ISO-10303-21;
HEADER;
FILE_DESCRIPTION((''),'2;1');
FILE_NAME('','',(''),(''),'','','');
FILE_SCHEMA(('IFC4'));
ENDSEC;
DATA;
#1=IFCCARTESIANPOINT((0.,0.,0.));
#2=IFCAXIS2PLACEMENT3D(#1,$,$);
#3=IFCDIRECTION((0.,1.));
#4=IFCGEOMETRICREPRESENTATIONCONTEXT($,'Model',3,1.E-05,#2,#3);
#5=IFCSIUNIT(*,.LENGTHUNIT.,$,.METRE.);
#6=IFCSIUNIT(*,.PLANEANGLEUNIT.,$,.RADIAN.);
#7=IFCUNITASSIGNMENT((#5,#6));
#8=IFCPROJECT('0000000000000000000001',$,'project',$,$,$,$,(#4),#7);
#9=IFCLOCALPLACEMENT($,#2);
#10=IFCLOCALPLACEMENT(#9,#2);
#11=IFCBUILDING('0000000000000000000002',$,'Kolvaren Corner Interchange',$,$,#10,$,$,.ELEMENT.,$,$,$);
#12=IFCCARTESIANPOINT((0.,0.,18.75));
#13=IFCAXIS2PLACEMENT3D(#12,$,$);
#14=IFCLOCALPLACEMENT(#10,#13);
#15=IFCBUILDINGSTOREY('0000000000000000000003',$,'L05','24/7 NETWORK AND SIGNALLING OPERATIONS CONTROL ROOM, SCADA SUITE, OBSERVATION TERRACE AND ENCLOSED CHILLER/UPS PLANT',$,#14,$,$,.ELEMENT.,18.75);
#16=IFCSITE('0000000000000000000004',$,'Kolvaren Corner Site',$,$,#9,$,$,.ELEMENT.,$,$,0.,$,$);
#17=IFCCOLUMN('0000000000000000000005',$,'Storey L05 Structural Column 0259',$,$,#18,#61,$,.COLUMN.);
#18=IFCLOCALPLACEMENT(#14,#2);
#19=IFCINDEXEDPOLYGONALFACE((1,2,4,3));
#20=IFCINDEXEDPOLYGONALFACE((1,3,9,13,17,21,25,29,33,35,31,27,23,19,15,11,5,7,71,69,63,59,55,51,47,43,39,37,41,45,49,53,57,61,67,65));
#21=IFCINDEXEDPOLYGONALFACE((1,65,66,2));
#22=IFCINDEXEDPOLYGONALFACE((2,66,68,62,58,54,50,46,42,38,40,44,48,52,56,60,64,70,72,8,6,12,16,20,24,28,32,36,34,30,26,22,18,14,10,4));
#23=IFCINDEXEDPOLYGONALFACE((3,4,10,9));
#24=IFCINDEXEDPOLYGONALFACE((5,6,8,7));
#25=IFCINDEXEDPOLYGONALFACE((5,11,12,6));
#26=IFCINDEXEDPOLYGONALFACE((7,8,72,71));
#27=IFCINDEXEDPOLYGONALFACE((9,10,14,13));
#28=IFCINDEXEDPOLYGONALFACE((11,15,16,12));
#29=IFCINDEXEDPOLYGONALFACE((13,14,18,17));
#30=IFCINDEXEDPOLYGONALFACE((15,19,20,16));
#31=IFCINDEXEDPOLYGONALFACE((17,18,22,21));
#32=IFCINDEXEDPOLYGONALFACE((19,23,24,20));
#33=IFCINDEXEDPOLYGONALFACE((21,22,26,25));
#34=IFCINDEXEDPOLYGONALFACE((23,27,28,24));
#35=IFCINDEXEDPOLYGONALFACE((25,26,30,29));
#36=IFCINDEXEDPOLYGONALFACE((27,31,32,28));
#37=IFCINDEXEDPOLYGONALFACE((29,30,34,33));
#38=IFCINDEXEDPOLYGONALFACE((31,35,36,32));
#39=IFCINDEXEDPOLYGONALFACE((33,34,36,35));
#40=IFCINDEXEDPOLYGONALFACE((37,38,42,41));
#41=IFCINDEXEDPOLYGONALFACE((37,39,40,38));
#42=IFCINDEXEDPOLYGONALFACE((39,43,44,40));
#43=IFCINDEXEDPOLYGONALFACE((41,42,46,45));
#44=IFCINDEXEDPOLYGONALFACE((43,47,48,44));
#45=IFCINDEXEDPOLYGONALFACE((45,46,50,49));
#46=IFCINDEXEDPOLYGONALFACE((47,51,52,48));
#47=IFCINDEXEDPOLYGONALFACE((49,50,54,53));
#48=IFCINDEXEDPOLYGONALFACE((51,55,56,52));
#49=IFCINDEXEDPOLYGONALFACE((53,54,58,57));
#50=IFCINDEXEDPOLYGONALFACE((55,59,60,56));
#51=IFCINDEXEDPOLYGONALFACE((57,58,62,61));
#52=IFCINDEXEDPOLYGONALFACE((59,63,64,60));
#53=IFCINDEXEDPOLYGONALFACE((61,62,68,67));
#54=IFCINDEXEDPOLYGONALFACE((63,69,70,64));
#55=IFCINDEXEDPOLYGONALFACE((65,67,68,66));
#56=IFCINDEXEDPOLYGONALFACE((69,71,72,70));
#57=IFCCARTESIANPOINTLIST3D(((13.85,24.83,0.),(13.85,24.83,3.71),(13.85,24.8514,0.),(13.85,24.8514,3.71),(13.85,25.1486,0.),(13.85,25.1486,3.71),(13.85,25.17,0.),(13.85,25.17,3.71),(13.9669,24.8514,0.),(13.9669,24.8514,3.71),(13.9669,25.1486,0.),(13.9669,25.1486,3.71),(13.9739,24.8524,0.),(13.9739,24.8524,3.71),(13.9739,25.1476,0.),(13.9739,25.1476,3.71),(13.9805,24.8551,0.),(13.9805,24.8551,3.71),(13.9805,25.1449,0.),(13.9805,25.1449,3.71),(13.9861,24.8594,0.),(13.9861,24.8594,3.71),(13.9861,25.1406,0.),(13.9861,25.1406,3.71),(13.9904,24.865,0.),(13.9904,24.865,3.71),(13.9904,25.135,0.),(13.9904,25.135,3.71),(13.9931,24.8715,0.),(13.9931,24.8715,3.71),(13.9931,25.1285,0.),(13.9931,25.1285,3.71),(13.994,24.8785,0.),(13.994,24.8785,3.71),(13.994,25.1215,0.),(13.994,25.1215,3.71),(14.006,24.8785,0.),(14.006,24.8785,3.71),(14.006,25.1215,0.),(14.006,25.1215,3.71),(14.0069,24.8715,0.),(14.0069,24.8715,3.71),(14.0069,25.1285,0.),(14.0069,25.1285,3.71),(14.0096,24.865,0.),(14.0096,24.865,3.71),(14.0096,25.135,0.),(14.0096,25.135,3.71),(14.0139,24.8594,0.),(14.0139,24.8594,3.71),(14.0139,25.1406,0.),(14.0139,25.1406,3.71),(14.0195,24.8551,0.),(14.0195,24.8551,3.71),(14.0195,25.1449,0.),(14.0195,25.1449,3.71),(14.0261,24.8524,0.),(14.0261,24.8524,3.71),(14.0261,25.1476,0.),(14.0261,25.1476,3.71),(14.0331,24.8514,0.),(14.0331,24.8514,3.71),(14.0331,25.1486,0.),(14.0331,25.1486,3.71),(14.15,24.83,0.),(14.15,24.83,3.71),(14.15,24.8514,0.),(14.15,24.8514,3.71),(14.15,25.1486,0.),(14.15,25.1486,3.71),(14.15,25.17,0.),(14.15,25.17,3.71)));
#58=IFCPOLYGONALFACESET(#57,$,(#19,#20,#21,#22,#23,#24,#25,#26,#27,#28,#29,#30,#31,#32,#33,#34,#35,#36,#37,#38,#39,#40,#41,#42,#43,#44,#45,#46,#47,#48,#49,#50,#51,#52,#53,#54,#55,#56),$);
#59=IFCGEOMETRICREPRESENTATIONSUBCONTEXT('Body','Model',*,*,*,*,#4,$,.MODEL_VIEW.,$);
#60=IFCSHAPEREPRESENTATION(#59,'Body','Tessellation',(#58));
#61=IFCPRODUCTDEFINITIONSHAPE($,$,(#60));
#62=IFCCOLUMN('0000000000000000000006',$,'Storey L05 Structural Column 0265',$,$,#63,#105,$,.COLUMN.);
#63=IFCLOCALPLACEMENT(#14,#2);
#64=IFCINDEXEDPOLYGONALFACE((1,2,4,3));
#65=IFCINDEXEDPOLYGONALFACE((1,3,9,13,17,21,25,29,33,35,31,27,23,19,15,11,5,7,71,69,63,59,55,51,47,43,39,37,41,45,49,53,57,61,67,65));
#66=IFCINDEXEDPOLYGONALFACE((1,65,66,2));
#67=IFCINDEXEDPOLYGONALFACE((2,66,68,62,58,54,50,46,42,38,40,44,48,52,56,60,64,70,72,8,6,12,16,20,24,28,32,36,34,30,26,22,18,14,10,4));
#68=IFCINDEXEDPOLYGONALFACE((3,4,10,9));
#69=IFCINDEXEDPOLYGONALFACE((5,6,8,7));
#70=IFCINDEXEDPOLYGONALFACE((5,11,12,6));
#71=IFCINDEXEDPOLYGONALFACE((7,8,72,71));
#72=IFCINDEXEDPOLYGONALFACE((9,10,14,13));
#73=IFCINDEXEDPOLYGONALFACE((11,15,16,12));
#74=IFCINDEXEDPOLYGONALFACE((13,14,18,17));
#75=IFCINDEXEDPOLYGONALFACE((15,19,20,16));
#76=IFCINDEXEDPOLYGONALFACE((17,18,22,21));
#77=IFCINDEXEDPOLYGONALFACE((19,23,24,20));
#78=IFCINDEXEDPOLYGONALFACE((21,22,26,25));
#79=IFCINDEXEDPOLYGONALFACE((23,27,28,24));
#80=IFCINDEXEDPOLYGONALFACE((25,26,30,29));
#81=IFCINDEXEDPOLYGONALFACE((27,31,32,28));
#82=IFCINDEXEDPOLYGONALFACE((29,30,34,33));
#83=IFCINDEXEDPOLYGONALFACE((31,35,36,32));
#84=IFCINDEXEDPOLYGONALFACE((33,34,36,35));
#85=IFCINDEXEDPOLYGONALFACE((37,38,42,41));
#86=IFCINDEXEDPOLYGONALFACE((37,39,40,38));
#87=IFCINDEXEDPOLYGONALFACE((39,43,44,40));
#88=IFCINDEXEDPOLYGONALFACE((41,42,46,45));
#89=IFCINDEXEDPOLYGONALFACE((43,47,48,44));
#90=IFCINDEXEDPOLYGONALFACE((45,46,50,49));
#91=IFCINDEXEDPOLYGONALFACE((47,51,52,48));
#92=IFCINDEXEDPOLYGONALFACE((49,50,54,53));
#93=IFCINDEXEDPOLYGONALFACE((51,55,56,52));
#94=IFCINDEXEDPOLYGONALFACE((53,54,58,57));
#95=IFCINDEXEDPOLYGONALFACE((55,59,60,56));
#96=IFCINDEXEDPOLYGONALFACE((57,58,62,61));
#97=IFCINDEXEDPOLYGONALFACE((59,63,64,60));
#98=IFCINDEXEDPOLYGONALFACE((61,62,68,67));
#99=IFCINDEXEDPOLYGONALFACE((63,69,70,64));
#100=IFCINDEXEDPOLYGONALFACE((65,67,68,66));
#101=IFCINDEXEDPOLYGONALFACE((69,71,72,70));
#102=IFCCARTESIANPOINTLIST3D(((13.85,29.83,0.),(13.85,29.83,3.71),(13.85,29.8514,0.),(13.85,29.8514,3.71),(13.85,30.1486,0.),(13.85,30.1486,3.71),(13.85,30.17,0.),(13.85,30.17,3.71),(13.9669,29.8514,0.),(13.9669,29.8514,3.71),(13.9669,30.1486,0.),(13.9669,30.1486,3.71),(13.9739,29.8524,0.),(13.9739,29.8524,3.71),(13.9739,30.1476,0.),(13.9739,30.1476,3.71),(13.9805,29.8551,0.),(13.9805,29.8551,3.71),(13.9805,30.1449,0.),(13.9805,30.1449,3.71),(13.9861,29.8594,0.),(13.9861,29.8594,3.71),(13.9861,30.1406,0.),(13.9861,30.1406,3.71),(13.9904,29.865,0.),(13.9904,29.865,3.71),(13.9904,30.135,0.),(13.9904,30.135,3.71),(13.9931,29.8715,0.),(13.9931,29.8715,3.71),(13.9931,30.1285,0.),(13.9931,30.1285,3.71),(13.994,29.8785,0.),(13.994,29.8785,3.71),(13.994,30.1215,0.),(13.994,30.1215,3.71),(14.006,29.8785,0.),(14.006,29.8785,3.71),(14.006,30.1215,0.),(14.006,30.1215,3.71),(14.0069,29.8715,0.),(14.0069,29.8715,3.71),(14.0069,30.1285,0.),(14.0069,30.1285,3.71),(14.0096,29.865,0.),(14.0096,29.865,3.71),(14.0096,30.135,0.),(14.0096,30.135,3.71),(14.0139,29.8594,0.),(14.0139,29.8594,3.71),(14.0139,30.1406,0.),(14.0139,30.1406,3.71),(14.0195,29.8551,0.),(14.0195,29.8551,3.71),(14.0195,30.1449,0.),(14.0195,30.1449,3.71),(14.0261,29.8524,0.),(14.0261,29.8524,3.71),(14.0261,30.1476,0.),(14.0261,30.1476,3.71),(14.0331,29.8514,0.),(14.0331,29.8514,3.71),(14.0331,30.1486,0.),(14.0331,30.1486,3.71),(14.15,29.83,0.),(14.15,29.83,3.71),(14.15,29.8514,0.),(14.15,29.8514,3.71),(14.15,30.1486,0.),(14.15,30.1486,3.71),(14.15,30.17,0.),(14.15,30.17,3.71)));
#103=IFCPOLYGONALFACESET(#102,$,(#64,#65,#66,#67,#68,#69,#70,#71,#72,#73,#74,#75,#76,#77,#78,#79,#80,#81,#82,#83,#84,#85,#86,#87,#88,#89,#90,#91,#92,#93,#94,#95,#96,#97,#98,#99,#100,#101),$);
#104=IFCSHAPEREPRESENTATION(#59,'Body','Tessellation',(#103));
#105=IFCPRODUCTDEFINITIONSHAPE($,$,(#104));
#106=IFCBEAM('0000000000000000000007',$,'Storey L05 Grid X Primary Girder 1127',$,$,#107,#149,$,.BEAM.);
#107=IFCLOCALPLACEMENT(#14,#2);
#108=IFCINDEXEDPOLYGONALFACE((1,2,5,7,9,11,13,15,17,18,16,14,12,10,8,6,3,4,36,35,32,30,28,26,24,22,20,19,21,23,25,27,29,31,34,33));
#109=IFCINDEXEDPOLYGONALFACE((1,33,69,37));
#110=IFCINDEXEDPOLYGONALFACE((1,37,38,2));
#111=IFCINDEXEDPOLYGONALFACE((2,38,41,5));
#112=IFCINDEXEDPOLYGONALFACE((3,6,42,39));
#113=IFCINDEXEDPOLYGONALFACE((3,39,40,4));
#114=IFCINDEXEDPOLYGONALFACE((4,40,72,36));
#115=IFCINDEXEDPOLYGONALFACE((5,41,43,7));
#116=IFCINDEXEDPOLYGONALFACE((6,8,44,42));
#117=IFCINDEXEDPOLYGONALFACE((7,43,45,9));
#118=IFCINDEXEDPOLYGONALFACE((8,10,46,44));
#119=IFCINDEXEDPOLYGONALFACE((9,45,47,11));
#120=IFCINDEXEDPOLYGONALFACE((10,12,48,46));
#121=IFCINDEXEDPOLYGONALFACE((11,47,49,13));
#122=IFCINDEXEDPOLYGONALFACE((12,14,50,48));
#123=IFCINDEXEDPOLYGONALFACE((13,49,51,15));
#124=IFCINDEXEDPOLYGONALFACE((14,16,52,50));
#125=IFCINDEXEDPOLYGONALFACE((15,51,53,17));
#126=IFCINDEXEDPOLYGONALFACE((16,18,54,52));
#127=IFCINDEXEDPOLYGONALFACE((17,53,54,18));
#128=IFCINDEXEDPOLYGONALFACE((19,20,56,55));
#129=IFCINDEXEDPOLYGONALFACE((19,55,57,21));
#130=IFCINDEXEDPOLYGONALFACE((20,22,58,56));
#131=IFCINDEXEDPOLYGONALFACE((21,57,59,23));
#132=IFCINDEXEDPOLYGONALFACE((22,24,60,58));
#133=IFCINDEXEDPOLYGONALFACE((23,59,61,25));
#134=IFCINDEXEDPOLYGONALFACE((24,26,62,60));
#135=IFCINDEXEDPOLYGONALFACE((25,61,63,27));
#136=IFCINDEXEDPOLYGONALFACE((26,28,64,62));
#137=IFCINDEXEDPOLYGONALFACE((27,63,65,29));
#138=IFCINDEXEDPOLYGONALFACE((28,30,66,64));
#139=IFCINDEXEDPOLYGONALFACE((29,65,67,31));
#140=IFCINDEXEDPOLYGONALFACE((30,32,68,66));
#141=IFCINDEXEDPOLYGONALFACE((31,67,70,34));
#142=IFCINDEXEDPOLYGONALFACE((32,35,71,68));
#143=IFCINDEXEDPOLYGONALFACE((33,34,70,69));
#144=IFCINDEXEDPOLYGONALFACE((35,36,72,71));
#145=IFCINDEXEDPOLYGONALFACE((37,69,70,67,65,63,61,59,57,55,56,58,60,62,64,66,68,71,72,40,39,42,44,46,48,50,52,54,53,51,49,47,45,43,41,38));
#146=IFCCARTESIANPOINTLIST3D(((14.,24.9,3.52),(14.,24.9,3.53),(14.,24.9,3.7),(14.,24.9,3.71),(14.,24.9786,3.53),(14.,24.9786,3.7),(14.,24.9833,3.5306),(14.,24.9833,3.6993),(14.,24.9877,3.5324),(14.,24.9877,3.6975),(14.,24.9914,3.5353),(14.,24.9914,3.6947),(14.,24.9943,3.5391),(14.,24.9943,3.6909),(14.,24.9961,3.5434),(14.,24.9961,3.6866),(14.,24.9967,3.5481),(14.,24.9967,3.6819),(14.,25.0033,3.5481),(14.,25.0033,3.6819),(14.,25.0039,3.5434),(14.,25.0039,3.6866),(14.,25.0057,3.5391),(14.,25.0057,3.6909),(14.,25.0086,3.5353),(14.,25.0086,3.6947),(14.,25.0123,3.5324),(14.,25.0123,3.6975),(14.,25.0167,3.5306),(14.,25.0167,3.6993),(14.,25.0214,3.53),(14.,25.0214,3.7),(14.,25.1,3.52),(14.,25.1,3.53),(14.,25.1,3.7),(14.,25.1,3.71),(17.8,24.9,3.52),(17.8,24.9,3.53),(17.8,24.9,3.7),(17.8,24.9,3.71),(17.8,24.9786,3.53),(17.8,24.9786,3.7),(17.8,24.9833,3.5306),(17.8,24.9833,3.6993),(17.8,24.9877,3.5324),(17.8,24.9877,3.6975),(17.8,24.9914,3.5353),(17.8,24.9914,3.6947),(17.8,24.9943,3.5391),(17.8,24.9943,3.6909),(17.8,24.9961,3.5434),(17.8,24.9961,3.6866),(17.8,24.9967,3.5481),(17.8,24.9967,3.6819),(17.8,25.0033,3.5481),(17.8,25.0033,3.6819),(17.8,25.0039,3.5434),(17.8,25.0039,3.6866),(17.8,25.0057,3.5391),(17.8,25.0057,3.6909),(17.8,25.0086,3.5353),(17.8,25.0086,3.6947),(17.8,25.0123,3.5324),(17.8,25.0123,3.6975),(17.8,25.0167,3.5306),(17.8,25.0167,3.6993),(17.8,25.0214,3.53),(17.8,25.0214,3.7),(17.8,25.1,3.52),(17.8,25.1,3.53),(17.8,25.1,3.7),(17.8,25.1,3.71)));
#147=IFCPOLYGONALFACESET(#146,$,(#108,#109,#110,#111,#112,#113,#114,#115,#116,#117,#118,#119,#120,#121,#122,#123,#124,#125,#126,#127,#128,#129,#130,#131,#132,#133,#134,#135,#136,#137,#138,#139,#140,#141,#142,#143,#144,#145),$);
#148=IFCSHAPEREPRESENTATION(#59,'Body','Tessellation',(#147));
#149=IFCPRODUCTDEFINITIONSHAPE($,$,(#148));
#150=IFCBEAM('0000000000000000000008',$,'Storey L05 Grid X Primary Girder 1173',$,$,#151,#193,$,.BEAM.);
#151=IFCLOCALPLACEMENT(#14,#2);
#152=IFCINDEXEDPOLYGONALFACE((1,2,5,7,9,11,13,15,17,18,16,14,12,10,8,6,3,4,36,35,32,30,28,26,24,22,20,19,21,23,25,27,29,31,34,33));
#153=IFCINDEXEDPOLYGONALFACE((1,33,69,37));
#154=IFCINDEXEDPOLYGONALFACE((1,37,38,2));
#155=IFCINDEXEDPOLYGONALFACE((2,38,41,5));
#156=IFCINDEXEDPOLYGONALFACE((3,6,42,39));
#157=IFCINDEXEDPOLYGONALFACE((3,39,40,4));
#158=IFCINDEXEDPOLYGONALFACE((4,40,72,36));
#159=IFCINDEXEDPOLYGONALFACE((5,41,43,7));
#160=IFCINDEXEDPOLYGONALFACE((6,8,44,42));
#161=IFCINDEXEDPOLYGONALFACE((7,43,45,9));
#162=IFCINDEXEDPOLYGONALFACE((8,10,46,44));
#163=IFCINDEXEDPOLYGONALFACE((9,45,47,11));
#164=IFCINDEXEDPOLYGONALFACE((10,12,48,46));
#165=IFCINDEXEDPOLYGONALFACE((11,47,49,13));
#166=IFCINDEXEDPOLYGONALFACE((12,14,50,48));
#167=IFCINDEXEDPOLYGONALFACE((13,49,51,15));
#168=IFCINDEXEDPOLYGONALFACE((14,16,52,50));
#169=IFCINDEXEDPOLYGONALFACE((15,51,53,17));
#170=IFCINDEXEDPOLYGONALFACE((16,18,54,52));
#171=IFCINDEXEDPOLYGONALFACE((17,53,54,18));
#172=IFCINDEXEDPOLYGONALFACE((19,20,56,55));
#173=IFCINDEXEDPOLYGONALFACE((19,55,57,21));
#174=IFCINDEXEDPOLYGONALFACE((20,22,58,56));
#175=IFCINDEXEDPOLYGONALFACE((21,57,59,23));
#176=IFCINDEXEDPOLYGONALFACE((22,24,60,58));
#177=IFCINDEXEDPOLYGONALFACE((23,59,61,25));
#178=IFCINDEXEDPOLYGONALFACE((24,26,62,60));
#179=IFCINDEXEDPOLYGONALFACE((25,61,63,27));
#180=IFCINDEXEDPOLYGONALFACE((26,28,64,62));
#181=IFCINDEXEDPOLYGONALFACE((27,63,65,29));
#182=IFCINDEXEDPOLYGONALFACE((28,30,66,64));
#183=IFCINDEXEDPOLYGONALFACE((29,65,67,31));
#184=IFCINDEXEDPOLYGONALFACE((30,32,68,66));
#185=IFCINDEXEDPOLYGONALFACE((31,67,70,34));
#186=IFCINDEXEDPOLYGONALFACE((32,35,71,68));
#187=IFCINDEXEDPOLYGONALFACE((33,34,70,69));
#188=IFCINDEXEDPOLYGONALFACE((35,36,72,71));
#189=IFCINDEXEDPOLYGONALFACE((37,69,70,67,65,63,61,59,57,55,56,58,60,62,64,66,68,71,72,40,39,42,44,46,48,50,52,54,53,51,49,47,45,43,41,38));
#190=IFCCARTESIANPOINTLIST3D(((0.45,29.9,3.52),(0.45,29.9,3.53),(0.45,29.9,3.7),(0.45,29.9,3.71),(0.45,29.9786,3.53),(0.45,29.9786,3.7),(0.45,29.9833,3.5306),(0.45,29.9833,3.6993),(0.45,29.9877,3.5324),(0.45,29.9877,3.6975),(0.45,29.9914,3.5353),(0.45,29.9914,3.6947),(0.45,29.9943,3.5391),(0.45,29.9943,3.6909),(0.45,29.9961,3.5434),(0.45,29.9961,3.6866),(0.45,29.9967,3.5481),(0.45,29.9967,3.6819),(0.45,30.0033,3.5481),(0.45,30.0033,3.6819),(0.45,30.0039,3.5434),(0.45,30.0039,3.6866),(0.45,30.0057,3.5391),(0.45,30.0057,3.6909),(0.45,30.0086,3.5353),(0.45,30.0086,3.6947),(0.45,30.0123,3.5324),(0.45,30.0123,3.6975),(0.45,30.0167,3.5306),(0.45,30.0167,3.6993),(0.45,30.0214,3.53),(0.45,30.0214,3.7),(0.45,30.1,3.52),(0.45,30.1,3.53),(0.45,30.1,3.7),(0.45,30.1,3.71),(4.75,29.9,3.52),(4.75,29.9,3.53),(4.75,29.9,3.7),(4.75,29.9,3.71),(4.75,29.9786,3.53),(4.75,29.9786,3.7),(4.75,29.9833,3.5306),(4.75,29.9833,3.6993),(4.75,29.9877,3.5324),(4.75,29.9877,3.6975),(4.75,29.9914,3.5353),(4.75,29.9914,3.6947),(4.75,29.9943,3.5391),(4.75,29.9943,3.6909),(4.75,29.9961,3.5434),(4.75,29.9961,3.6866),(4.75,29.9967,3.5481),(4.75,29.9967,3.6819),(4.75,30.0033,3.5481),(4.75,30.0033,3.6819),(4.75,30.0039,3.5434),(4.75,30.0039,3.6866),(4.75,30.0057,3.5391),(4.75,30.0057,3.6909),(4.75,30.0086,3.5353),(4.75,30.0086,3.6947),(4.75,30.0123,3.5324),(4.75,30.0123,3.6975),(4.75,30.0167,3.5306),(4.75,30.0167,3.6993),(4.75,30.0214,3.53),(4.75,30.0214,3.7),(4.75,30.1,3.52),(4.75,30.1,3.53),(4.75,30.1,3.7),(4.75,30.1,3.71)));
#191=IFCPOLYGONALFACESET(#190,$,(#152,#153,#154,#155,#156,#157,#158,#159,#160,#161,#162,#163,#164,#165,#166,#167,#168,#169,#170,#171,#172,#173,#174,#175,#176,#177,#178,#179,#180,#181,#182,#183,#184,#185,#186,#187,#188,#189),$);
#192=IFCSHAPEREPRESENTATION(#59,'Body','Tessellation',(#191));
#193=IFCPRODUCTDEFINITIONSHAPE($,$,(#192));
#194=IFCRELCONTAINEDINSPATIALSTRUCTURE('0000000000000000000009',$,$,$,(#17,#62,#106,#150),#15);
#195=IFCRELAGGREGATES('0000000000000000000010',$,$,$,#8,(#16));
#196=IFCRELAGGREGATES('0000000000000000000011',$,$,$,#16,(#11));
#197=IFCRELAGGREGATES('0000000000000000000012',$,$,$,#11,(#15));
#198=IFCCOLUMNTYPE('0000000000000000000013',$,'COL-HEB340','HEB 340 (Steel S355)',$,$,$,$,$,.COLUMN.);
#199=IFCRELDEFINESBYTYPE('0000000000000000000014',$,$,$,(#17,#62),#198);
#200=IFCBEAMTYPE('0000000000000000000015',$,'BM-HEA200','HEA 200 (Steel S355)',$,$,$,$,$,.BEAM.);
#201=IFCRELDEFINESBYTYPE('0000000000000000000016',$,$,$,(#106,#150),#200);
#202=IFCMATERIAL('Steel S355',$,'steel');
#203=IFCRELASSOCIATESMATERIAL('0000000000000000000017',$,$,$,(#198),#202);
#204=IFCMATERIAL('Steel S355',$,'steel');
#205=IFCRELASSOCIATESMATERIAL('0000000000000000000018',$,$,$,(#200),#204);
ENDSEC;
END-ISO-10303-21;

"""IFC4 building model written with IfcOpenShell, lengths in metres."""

from ifc_helpers import new_model, si_unit, direction, frame, origin, origin_2d, place, context, subcontext, project, spatial, i_section, extrude, material, material_profile, profile_set, type_object, element, save


model = new_model("IFC4")

# Units and contexts
model_context = context("Model", 3, precision=1e-05, world=origin(), true_north=direction((0.0, 1.0)))
body_context = subcontext(model_context, "Body", "Model", "MODEL_VIEW")
ifc_project = project(units=[si_unit("LENGTHUNIT", "METRE"), si_unit("PLANEANGLEUNIT", "RADIAN")], contexts=[model_context])

# Site, building, storey
site_placement = place(None, origin())
site = spatial("IfcSite", under=ifc_project, at=site_placement, Name="Kolvaren Corner Site", CompositionType="ELEMENT", RefElevation=0.0)
building_placement = place(site_placement, origin())
building = spatial("IfcBuilding", under=site, at=building_placement, Name="Kolvaren Corner Interchange", CompositionType="ELEMENT")
storey_placement = place(building_placement, frame((0.0, 0.0, 18.75)))
storey = spatial("IfcBuildingStorey", under=building, at=storey_placement, Name="L05", Description="24/7 NETWORK AND SIGNALLING OPERATIONS CONTROL ROOM, SCADA SUITE, OBSERVATION TERRACE AND ENCLOSED CHILLER/UPS PLANT", CompositionType="ELEMENT", Elevation=18.75)

# Columns
ifc_material_1 = material(Name="Steel S355", Category="steel")
ifc_material_profile_1 = material_profile(ifc_material_1, i_section(OverallWidth=0.3, OverallDepth=0.3401, WebThickness=0.012, FlangeThickness=0.0215, FilletRadius=0.0271, at=origin_2d()), Name="HEB 340")
ifc_profile_set_1 = profile_set([ifc_material_profile_1], Name="Steel S355")
column_type_1 = type_object("IfcColumnType", Name="COL-HEB340", Description="HEB 340 (Steel S355)", PredefinedType="COLUMN", material=ifc_profile_set_1)
for number, where, z_axis, x_axis, name in (
    (1, (14.0, 25.0, 0.0), (0.0, 0.0, 1.0), (1.0, 0.0, 0.0), "Storey L05 Structural Column 0259"),
    (2, (14.0, 30.0, 0.0), (0.0, 0.0, 1.0), (1.0, 0.0, 0.0), "Storey L05 Structural Column 0265"),
):
    element("IfcColumn", number, at=place(storey_placement, frame(where, z_axis=z_axis, x_axis=x_axis)), inside=storey, type_object=column_type_1, Name=name, PredefinedType="COLUMN", context=body_context, shape_type="SweptSolid", body=[
        extrude(i_section(OverallWidth=0.3, OverallDepth=0.3401, WebThickness=0.012, FlangeThickness=0.0215, FilletRadius=0.0271, at=origin_2d()), origin(), (0.0, 0.0, 1.0), 3.71),
    ])

# Beams
ifc_material_2 = material(Name="Steel S355", Category="steel")
ifc_material_profile_2 = material_profile(ifc_material_2, i_section(OverallWidth=0.2, OverallDepth=0.1899, WebThickness=0.0066, FlangeThickness=0.01, FilletRadius=0.0181, at=origin_2d()), Name="HEA 200")
ifc_profile_set_2 = profile_set([ifc_material_profile_2], Name="Steel S355")
beam_type_1 = type_object("IfcBeamType", Name="BM-HEA200", Description="HEA 200 (Steel S355)", PredefinedType="BEAM", material=ifc_profile_set_2)
beam_1_placement = place(storey_placement, frame((14.0, 25.0, 3.615), z_axis=(1.0, 0.0, 0.0), x_axis=(0.0, 1.0, 0.0)))
element("IfcBeam", 3, at=beam_1_placement, inside=storey, type_object=beam_type_1, Name="Storey L05 Grid X Primary Girder 1127", PredefinedType="BEAM", context=body_context, shape_type="SweptSolid", body=[
    extrude(i_section(OverallWidth=0.2, OverallDepth=0.1899, WebThickness=0.0066, FlangeThickness=0.01, FilletRadius=0.0181, at=origin_2d()), origin(), (0.0, 0.0, 1.0), 3.8),
])
beam_2_placement = place(storey_placement, frame((0.45, 30.0, 3.615), z_axis=(1.0, 0.0, 0.0), x_axis=(0.0, 1.0, 0.0)))
element("IfcBeam", 4, at=beam_2_placement, inside=storey, type_object=beam_type_1, Name="Storey L05 Grid X Primary Girder 1173", PredefinedType="BEAM", context=body_context, shape_type="SweptSolid", body=[
    extrude(i_section(OverallWidth=0.2, OverallDepth=0.1899, WebThickness=0.0066, FlangeThickness=0.01, FilletRadius=0.0181, at=origin_2d()), origin(), (0.0, 0.0, 1.0), 4.3),
])

save(model, "model.ifc")
